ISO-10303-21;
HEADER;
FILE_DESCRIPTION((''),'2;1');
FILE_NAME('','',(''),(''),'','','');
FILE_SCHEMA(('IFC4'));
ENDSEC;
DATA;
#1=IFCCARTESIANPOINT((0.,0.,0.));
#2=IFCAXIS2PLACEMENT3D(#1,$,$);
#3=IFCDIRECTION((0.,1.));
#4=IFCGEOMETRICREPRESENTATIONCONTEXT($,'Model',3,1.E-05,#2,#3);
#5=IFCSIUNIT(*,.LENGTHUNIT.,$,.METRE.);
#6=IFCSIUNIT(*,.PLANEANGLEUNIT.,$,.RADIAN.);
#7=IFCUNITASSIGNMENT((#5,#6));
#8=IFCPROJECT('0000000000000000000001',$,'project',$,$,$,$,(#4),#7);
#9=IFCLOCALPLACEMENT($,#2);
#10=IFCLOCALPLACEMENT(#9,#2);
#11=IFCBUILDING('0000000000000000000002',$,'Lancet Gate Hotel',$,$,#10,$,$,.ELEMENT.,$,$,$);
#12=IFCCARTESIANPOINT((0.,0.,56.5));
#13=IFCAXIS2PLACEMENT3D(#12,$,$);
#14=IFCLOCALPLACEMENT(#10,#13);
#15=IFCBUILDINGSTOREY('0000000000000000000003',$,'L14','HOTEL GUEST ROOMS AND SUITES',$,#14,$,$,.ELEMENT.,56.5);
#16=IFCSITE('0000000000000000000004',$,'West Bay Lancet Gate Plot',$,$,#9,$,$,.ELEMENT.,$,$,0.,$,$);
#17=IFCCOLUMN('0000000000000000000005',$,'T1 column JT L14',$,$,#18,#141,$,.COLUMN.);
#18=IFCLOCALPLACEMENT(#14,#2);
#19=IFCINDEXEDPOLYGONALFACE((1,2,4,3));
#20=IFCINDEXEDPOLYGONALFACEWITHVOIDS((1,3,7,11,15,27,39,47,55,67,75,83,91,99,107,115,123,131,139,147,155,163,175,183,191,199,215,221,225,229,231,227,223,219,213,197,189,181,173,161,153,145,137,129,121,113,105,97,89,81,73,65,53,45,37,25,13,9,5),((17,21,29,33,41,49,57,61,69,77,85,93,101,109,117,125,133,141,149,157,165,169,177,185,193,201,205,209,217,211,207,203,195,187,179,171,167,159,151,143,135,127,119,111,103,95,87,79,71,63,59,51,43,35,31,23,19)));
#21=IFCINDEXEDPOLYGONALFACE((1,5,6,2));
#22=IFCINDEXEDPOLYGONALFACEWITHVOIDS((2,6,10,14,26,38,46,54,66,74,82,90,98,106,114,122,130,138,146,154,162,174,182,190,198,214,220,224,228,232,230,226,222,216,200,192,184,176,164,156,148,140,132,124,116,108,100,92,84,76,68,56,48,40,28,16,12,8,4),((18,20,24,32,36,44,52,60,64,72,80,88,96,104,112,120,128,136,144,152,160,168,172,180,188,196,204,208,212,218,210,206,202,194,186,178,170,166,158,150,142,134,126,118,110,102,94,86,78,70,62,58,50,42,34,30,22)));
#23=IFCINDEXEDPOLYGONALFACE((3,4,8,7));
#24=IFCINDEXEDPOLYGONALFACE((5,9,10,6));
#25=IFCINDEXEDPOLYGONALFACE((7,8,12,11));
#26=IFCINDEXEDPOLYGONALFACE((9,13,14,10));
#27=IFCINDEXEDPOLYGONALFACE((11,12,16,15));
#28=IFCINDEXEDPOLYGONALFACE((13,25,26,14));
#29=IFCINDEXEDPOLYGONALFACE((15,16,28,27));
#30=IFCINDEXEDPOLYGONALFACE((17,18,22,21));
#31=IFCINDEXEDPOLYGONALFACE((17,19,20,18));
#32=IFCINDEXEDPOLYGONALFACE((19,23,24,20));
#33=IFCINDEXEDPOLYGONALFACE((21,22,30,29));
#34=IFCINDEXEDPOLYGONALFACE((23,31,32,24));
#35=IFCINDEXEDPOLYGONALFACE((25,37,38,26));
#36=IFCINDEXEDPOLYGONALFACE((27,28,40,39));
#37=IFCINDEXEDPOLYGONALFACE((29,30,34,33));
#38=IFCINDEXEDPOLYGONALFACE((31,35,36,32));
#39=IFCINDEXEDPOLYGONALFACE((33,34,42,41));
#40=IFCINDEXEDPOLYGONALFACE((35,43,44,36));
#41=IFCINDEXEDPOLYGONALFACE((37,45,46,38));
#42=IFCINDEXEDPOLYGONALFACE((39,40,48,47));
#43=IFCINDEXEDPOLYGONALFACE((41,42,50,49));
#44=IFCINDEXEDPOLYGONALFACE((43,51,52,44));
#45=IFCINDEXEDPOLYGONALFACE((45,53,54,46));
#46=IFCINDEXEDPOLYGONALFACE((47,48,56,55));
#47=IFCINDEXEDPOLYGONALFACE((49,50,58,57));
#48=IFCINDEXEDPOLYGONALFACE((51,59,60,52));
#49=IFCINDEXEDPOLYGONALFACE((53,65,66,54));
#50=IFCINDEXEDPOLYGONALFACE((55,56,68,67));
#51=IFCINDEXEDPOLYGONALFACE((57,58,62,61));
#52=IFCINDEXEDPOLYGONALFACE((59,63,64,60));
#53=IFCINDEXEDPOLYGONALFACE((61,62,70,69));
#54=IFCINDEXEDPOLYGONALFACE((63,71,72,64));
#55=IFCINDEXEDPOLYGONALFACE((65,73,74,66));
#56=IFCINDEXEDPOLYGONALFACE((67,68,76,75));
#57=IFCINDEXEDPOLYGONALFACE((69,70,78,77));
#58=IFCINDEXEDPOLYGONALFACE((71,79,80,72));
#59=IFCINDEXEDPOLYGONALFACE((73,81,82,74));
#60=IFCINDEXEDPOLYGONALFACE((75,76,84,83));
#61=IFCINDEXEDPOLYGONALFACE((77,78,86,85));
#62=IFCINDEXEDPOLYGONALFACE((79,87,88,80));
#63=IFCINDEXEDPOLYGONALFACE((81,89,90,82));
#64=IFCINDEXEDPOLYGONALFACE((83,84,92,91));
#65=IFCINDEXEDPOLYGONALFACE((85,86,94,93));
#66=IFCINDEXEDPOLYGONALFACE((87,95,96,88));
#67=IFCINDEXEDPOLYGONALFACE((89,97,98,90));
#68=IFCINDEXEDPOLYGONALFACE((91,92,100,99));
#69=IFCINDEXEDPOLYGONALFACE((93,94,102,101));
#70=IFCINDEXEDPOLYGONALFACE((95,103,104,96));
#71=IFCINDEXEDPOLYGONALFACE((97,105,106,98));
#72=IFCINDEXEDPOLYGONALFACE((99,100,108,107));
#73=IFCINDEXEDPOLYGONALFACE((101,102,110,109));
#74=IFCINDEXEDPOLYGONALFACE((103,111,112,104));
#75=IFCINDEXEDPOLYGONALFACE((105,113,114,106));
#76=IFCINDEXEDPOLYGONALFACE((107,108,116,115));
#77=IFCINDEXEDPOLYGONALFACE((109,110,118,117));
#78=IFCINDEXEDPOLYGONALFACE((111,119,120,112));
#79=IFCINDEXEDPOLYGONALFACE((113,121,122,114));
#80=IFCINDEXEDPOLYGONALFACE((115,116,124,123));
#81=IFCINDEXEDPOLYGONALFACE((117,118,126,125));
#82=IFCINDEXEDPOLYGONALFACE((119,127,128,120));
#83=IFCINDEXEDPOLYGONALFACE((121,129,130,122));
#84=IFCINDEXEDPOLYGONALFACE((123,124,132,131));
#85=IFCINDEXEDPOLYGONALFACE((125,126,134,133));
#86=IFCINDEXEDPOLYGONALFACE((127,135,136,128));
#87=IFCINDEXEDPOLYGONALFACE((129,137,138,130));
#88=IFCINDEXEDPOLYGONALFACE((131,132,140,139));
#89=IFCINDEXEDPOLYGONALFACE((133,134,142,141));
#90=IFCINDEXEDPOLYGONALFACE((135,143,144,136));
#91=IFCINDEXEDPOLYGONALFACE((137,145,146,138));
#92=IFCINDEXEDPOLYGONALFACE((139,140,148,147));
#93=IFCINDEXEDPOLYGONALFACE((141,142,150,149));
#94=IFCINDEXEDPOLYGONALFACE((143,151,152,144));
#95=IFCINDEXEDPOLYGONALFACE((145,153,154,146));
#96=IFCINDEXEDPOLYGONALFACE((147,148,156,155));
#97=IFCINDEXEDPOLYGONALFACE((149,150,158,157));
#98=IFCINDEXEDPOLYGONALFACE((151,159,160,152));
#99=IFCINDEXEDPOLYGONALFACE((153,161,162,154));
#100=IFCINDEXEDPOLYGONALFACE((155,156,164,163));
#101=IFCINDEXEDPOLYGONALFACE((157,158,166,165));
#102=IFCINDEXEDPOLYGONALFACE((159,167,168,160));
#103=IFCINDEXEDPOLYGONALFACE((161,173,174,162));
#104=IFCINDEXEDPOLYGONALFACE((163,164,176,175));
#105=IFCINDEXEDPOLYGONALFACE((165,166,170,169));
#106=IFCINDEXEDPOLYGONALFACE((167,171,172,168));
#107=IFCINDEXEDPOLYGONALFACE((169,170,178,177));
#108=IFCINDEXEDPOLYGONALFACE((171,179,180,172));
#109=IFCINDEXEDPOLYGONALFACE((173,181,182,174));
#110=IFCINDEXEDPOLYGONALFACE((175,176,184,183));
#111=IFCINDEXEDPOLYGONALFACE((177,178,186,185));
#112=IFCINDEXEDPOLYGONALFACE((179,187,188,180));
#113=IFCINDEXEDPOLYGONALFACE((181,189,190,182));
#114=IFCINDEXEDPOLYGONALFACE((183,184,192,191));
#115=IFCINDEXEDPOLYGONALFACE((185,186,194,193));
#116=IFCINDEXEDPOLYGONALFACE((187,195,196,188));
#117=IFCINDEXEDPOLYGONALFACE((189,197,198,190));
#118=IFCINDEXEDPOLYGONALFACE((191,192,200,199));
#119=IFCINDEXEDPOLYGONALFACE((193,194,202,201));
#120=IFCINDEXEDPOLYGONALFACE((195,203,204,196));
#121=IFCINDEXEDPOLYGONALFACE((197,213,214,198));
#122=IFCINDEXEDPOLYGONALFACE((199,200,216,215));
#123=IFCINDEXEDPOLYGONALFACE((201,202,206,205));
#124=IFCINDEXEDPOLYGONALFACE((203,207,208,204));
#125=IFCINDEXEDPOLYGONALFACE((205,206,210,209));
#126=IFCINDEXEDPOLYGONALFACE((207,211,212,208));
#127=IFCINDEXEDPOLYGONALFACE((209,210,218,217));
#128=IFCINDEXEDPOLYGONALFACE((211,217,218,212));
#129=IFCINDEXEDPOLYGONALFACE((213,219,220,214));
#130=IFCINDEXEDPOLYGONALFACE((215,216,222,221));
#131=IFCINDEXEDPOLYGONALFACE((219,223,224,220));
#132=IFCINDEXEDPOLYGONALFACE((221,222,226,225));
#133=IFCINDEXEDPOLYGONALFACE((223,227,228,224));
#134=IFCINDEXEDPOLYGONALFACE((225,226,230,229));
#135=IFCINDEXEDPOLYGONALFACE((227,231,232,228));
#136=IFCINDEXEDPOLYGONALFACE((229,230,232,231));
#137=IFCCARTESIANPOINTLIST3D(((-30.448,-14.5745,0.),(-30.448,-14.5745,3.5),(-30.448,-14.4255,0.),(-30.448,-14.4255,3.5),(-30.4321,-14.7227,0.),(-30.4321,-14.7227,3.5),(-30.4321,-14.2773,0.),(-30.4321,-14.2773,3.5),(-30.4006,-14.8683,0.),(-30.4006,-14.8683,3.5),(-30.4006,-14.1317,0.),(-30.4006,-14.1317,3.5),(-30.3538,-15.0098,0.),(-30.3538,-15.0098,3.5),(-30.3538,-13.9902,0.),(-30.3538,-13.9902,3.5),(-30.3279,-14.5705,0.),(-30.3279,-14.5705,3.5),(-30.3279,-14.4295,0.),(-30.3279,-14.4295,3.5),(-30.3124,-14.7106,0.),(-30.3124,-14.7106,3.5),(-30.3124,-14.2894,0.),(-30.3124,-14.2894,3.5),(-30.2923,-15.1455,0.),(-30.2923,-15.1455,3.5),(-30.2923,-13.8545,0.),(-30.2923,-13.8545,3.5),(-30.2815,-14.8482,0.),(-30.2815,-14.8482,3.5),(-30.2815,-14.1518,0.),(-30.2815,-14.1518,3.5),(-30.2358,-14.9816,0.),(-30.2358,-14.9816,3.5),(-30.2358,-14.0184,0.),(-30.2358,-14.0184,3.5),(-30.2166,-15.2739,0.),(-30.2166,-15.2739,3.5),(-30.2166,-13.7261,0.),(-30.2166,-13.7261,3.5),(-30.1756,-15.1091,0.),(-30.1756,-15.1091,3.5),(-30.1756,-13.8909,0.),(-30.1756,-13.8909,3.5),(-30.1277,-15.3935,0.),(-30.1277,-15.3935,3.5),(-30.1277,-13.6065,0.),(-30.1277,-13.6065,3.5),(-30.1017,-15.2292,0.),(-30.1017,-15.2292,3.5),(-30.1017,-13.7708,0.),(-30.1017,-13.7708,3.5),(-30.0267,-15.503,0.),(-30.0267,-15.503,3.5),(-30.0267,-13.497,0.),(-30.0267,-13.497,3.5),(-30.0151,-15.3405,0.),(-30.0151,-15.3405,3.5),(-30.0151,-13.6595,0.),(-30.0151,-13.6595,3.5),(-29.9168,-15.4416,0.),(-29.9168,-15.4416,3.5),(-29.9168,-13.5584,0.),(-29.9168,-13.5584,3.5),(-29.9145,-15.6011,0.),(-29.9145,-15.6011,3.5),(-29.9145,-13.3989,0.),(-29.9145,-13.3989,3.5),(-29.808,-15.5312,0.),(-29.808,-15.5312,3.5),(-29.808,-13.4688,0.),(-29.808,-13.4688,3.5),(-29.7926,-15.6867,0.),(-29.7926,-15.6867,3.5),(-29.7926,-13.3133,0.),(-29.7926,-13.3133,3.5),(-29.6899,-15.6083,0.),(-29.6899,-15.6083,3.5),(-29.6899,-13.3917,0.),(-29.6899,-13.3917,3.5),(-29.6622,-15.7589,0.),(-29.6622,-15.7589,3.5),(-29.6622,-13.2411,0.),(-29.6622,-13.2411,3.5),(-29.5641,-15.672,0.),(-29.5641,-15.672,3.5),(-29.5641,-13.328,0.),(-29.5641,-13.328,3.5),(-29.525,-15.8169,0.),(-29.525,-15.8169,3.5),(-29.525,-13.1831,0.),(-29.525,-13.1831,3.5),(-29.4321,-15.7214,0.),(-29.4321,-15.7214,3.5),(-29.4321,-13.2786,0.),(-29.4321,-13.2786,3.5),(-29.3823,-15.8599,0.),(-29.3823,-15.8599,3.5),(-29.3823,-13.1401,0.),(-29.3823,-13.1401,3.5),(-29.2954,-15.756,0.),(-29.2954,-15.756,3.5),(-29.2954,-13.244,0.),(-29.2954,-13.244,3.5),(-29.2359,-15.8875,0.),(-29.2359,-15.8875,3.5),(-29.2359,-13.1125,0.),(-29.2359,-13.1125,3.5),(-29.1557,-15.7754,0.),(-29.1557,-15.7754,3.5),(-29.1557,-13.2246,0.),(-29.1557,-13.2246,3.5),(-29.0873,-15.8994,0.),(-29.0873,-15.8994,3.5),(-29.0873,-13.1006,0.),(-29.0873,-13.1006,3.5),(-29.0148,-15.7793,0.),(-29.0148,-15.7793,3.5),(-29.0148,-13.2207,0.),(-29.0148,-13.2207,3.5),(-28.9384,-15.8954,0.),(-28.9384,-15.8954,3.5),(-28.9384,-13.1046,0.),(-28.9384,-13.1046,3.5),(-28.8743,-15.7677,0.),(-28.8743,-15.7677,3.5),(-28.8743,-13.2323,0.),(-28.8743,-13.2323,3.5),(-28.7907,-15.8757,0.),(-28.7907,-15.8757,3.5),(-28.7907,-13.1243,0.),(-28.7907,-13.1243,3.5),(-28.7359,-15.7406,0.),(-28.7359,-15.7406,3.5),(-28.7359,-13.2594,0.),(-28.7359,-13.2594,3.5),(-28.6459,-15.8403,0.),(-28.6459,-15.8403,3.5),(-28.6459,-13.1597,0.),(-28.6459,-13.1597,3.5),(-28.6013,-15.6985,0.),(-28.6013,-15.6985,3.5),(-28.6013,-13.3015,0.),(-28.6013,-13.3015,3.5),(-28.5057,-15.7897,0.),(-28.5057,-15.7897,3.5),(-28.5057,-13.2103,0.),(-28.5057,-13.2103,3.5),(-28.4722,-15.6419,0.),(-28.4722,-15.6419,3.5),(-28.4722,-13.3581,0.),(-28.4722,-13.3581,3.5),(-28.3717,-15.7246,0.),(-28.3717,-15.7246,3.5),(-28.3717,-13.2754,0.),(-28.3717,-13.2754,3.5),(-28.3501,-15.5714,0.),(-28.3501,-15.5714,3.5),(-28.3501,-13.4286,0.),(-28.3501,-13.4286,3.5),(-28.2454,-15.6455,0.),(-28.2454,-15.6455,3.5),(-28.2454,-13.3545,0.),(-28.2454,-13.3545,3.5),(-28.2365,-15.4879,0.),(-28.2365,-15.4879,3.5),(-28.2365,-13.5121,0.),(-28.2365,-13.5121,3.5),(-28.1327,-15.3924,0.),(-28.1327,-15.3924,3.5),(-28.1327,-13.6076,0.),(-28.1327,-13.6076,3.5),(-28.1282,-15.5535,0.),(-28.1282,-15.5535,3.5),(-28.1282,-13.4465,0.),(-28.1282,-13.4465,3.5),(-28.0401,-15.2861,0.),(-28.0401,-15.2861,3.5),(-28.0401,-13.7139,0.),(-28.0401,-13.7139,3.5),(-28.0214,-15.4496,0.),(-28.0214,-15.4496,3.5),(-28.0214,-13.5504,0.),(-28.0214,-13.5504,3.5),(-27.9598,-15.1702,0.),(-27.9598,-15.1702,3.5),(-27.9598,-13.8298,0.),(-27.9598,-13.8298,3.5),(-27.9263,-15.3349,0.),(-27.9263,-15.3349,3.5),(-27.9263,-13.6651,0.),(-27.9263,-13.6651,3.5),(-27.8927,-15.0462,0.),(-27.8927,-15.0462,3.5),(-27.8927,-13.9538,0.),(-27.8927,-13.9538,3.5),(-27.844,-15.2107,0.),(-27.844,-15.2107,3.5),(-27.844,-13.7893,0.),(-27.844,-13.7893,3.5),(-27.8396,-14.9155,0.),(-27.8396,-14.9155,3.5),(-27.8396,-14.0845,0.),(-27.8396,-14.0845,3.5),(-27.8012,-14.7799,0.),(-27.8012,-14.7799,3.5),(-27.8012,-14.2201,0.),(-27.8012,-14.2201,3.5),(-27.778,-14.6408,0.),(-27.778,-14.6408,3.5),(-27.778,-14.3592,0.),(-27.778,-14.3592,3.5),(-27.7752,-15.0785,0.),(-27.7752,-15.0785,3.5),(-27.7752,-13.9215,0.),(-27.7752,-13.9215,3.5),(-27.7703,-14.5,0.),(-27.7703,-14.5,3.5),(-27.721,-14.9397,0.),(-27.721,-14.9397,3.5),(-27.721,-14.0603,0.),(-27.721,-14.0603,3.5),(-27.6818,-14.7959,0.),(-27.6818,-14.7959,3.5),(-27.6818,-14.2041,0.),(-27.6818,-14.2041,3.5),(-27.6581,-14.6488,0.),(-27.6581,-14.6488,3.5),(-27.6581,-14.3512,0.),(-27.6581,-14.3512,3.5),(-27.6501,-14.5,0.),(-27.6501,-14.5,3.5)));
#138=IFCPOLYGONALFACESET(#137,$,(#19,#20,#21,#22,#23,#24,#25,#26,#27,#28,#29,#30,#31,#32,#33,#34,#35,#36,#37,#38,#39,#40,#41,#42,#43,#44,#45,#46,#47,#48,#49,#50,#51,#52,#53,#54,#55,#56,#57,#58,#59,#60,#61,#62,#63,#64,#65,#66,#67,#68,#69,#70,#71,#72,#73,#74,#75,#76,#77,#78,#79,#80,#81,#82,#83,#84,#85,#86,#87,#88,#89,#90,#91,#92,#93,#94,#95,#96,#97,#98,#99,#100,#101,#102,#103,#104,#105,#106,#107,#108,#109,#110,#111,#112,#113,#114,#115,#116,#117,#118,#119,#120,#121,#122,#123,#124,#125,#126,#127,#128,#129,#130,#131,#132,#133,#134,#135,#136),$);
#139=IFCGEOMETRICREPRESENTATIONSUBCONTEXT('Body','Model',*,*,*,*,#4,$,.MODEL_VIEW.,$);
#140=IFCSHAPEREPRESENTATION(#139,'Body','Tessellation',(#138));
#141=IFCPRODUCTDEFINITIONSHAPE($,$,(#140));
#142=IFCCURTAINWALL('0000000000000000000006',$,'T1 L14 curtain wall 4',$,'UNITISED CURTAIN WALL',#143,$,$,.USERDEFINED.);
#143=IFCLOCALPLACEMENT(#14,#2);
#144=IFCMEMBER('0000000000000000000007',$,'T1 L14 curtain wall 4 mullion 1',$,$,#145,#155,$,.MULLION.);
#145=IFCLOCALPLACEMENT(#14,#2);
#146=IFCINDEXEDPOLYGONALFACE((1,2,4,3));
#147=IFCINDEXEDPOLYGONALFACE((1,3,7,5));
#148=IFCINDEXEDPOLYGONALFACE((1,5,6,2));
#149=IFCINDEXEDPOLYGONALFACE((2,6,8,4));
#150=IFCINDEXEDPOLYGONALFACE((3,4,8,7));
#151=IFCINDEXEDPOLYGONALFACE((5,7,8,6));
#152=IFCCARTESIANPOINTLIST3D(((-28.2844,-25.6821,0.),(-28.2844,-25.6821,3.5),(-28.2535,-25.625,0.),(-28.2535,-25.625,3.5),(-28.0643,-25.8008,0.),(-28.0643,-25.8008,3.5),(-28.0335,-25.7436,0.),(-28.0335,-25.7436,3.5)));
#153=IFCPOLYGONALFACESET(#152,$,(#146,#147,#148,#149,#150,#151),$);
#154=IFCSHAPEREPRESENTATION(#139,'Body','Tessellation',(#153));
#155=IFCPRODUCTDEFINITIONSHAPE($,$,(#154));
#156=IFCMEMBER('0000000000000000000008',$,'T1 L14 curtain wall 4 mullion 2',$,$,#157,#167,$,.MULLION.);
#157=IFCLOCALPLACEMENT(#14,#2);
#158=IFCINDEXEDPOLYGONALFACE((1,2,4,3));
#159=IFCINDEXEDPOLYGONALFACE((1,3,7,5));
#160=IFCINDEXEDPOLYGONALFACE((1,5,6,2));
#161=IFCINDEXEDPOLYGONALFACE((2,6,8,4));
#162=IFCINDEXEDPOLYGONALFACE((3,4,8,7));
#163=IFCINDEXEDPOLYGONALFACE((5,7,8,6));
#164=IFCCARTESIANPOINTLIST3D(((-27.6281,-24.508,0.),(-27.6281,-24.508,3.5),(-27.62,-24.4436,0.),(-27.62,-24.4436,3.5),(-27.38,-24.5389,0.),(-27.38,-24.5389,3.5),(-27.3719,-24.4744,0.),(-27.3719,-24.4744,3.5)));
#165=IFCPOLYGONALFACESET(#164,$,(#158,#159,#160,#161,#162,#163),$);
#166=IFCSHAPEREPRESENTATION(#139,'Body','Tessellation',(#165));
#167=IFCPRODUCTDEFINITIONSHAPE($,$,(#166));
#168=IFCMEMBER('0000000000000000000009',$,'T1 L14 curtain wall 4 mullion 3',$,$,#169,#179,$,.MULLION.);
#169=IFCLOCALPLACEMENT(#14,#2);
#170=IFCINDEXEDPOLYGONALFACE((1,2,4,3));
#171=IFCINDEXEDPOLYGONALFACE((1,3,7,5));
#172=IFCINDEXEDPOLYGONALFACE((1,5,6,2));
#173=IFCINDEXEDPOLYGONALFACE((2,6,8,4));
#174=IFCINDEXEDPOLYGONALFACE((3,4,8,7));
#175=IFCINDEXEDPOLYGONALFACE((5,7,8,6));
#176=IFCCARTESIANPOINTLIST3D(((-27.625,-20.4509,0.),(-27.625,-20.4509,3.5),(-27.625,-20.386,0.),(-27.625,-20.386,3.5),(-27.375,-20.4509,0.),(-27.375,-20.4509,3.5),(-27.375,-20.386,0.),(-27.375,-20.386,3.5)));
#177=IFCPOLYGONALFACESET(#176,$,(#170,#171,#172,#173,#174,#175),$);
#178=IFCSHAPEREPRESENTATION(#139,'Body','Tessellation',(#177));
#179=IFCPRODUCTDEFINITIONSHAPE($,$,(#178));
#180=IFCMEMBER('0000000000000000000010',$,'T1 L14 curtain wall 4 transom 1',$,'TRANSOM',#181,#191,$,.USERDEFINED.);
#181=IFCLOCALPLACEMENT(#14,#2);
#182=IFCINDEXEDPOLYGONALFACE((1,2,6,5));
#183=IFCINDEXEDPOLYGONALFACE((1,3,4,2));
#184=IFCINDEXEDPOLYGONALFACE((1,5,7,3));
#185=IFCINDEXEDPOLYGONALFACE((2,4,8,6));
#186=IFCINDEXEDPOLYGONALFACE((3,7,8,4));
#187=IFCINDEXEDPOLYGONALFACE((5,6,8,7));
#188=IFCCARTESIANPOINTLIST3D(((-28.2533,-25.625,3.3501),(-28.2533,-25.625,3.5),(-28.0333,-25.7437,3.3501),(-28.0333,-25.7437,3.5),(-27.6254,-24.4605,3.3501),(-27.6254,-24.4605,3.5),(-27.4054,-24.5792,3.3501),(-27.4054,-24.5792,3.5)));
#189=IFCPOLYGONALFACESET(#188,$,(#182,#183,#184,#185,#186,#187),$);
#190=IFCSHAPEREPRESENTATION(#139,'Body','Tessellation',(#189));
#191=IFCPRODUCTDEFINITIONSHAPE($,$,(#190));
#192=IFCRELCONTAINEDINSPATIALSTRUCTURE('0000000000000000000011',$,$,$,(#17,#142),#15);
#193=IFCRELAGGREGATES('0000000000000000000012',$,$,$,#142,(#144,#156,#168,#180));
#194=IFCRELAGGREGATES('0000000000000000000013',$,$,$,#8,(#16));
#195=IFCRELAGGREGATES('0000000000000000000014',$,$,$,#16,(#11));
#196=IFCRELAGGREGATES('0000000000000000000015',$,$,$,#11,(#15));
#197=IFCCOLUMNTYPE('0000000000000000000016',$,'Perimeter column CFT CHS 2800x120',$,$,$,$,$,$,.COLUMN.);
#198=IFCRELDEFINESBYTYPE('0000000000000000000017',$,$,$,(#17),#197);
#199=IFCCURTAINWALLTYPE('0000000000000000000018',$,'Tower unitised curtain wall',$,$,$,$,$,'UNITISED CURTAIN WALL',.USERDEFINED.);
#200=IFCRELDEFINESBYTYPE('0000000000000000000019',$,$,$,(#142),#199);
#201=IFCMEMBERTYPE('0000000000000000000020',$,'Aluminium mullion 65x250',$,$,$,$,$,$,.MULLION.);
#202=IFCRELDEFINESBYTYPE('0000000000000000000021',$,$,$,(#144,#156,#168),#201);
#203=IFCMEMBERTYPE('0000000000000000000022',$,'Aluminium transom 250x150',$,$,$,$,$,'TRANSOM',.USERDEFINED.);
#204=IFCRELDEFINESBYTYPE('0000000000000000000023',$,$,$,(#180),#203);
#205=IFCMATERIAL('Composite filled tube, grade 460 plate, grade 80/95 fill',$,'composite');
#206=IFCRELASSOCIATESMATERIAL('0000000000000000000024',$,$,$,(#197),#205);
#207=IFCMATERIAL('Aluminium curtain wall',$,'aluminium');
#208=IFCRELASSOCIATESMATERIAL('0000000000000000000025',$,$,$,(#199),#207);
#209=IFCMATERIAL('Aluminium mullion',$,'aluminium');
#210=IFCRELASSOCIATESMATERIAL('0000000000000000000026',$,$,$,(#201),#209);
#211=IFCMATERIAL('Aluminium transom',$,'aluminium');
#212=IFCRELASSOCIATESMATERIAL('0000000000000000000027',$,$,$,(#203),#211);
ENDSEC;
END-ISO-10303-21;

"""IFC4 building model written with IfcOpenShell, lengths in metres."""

from ifc_helpers import new_model, si_unit, direction, frame, origin, origin_2d, place, context, subcontext, project, spatial, rectangle, hollow_circle, extrude, material, material_profile, profile_set, type_object, element, aggregate, save


model = new_model("IFC4")

# Units and contexts
model_context = context("Model", 3, precision=1e-05, world=origin(), true_north=direction((0.0, 1.0)))
body_context = subcontext(model_context, "Body", "Model", "MODEL_VIEW")
ifc_project = project(units=[si_unit("LENGTHUNIT", "METRE"), si_unit("PLANEANGLEUNIT", "RADIAN")], contexts=[model_context])

# Site, building, storey
site_placement = place(None, origin())
site = spatial("IfcSite", under=ifc_project, at=site_placement, Name="West Bay Lancet Gate Plot", CompositionType="ELEMENT", RefElevation=0.0)
building_placement = place(site_placement, origin())
building = spatial("IfcBuilding", under=site, at=building_placement, Name="Lancet Gate Hotel", CompositionType="ELEMENT")
storey_placement = place(building_placement, frame((0.0, 0.0, 56.5)))
storey = spatial("IfcBuildingStorey", under=building, at=storey_placement, Name="L14", Description="HOTEL GUEST ROOMS AND SUITES", CompositionType="ELEMENT", Elevation=56.5)

# Column
ifc_material_1 = material(Name="Composite filled tube, grade 460 plate, grade 80/95 fill", Category="composite")
ifc_material_profile_1 = material_profile(ifc_material_1, hollow_circle(Radius=1.3999, WallThickness=0.1201, at=origin_2d()), Name="CHS 2800x120")
ifc_profile_set_1 = profile_set([ifc_material_profile_1], Name="Composite filled tube, grade 460 plate, grade 80/95 fill")
column_type = type_object("IfcColumnType", Name="Perimeter column CFT CHS 2800x120", PredefinedType="COLUMN", material=ifc_profile_set_1)
for number, where, z_axis, x_axis, name in (
    (1, (-29.05, -14.5, 0.0), (0.0, 0.0, 1.0), (1.0, 0.0, 0.0), "T1 column JT L14"),
):
    element("IfcColumn", number, at=place(storey_placement, frame(where, z_axis=z_axis, x_axis=x_axis)), inside=storey, type_object=column_type, Name=name, PredefinedType="COLUMN", context=body_context, shape_type="SweptSolid", body=[
        extrude(hollow_circle(Radius=1.3999, WallThickness=0.1201, at=origin_2d()), origin(), (0.0, 0.0, 1.0), 3.5),
    ])

# Curtain wall, members
ifc_material_2 = material(Name="Aluminium curtain wall", Category="aluminium")
curtain_wall_type = type_object("IfcCurtainWallType", Name="Tower unitised curtain wall", ElementType="UNITISED CURTAIN WALL", PredefinedType="USERDEFINED", material=ifc_material_2)
curtain_wall_placement = place(storey_placement, origin())
curtain_wall = element("IfcCurtainWall", 2, at=curtain_wall_placement, inside=storey, type_object=curtain_wall_type, Name="T1 L14 curtain wall 4", ObjectType="UNITISED CURTAIN WALL", PredefinedType="USERDEFINED")
ifc_material_3 = material(Name="Aluminium mullion", Category="aluminium")
ifc_material_profile_2 = material_profile(ifc_material_3, rectangle(XDim=0.0649, YDim=0.25, at=origin_2d()), Name="MULLION 65x250")
ifc_profile_set_2 = profile_set([ifc_material_profile_2], Name="Aluminium mullion")
member_type_1 = type_object("IfcMemberType", Name="Aluminium mullion 65x250", PredefinedType="MULLION", material=ifc_profile_set_2)
member_1_placement = place(storey_placement, frame((-28.1589, -25.7129, 0.0), z_axis=(0.0, 0.0, 1.0), x_axis=(0.474631, 0.880185, 0.0)))
member_1 = element("IfcMember", 3, at=member_1_placement, type_object=member_type_1, Name="T1 L14 curtain wall 4 mullion 1", PredefinedType="MULLION", context=body_context, shape_type="SweptSolid", body=[
    extrude(rectangle(XDim=0.0649, YDim=0.25, at=origin_2d()), origin(), (0.0, 0.0, 1.0), 3.5),
])
member_2_placement = place(storey_placement, frame((-27.5, -24.4912, 0.0), z_axis=(0.0, 0.0, 1.0), x_axis=(0.123483, 0.992347, 0.0)))
member_2 = element("IfcMember", 4, at=member_2_placement, type_object=member_type_1, Name="T1 L14 curtain wall 4 mullion 2", PredefinedType="MULLION", context=body_context, shape_type="SweptSolid", body=[
    extrude(rectangle(XDim=0.0649, YDim=0.25, at=origin_2d()), origin(), (0.0, 0.0, 1.0), 3.5),
])
member_3_placement = place(storey_placement, frame((-27.5, -20.4185, 0.0), z_axis=(0.0, 0.0, 1.0), x_axis=(0.0, 1.0, 0.0)))
member_3 = element("IfcMember", 5, at=member_3_placement, type_object=member_type_1, Name="T1 L14 curtain wall 4 mullion 3", PredefinedType="MULLION", context=body_context, shape_type="SweptSolid", body=[
    extrude(rectangle(XDim=0.0649, YDim=0.25, at=origin_2d()), origin(), (0.0, 0.0, 1.0), 3.5),
])
ifc_material_4 = material(Name="Aluminium transom", Category="aluminium")
ifc_material_profile_3 = material_profile(ifc_material_4, rectangle(XDim=0.25, YDim=0.1499, at=origin_2d()), Name="TRANSOM 250x150")
ifc_profile_set_3 = profile_set([ifc_material_profile_3], Name="Aluminium transom")
member_type_2 = type_object("IfcMemberType", Name="Aluminium transom 250x150", ElementType="TRANSOM", PredefinedType="USERDEFINED", material=ifc_profile_set_3)
member_4_placement = place(storey_placement, frame((-28.1433, -25.6843, 3.425), z_axis=(0.474606, 0.880198, 0.0), x_axis=(-0.880198, 0.474606, 0.0)))
member_4 = element("IfcMember", 6, at=member_4_placement, type_object=member_type_2, Name="T1 L14 curtain wall 4 transom 1", ObjectType="TRANSOM", PredefinedType="USERDEFINED", context=body_context, shape_type="SweptSolid", body=[
    extrude(rectangle(XDim=0.25, YDim=0.1499, at=origin_2d()), origin(), (0.0, 0.0, 1.0), 1.323),
])

aggregate(curtain_wall, [member_1, member_2, member_3, member_4])

save(model, "model.ifc")
